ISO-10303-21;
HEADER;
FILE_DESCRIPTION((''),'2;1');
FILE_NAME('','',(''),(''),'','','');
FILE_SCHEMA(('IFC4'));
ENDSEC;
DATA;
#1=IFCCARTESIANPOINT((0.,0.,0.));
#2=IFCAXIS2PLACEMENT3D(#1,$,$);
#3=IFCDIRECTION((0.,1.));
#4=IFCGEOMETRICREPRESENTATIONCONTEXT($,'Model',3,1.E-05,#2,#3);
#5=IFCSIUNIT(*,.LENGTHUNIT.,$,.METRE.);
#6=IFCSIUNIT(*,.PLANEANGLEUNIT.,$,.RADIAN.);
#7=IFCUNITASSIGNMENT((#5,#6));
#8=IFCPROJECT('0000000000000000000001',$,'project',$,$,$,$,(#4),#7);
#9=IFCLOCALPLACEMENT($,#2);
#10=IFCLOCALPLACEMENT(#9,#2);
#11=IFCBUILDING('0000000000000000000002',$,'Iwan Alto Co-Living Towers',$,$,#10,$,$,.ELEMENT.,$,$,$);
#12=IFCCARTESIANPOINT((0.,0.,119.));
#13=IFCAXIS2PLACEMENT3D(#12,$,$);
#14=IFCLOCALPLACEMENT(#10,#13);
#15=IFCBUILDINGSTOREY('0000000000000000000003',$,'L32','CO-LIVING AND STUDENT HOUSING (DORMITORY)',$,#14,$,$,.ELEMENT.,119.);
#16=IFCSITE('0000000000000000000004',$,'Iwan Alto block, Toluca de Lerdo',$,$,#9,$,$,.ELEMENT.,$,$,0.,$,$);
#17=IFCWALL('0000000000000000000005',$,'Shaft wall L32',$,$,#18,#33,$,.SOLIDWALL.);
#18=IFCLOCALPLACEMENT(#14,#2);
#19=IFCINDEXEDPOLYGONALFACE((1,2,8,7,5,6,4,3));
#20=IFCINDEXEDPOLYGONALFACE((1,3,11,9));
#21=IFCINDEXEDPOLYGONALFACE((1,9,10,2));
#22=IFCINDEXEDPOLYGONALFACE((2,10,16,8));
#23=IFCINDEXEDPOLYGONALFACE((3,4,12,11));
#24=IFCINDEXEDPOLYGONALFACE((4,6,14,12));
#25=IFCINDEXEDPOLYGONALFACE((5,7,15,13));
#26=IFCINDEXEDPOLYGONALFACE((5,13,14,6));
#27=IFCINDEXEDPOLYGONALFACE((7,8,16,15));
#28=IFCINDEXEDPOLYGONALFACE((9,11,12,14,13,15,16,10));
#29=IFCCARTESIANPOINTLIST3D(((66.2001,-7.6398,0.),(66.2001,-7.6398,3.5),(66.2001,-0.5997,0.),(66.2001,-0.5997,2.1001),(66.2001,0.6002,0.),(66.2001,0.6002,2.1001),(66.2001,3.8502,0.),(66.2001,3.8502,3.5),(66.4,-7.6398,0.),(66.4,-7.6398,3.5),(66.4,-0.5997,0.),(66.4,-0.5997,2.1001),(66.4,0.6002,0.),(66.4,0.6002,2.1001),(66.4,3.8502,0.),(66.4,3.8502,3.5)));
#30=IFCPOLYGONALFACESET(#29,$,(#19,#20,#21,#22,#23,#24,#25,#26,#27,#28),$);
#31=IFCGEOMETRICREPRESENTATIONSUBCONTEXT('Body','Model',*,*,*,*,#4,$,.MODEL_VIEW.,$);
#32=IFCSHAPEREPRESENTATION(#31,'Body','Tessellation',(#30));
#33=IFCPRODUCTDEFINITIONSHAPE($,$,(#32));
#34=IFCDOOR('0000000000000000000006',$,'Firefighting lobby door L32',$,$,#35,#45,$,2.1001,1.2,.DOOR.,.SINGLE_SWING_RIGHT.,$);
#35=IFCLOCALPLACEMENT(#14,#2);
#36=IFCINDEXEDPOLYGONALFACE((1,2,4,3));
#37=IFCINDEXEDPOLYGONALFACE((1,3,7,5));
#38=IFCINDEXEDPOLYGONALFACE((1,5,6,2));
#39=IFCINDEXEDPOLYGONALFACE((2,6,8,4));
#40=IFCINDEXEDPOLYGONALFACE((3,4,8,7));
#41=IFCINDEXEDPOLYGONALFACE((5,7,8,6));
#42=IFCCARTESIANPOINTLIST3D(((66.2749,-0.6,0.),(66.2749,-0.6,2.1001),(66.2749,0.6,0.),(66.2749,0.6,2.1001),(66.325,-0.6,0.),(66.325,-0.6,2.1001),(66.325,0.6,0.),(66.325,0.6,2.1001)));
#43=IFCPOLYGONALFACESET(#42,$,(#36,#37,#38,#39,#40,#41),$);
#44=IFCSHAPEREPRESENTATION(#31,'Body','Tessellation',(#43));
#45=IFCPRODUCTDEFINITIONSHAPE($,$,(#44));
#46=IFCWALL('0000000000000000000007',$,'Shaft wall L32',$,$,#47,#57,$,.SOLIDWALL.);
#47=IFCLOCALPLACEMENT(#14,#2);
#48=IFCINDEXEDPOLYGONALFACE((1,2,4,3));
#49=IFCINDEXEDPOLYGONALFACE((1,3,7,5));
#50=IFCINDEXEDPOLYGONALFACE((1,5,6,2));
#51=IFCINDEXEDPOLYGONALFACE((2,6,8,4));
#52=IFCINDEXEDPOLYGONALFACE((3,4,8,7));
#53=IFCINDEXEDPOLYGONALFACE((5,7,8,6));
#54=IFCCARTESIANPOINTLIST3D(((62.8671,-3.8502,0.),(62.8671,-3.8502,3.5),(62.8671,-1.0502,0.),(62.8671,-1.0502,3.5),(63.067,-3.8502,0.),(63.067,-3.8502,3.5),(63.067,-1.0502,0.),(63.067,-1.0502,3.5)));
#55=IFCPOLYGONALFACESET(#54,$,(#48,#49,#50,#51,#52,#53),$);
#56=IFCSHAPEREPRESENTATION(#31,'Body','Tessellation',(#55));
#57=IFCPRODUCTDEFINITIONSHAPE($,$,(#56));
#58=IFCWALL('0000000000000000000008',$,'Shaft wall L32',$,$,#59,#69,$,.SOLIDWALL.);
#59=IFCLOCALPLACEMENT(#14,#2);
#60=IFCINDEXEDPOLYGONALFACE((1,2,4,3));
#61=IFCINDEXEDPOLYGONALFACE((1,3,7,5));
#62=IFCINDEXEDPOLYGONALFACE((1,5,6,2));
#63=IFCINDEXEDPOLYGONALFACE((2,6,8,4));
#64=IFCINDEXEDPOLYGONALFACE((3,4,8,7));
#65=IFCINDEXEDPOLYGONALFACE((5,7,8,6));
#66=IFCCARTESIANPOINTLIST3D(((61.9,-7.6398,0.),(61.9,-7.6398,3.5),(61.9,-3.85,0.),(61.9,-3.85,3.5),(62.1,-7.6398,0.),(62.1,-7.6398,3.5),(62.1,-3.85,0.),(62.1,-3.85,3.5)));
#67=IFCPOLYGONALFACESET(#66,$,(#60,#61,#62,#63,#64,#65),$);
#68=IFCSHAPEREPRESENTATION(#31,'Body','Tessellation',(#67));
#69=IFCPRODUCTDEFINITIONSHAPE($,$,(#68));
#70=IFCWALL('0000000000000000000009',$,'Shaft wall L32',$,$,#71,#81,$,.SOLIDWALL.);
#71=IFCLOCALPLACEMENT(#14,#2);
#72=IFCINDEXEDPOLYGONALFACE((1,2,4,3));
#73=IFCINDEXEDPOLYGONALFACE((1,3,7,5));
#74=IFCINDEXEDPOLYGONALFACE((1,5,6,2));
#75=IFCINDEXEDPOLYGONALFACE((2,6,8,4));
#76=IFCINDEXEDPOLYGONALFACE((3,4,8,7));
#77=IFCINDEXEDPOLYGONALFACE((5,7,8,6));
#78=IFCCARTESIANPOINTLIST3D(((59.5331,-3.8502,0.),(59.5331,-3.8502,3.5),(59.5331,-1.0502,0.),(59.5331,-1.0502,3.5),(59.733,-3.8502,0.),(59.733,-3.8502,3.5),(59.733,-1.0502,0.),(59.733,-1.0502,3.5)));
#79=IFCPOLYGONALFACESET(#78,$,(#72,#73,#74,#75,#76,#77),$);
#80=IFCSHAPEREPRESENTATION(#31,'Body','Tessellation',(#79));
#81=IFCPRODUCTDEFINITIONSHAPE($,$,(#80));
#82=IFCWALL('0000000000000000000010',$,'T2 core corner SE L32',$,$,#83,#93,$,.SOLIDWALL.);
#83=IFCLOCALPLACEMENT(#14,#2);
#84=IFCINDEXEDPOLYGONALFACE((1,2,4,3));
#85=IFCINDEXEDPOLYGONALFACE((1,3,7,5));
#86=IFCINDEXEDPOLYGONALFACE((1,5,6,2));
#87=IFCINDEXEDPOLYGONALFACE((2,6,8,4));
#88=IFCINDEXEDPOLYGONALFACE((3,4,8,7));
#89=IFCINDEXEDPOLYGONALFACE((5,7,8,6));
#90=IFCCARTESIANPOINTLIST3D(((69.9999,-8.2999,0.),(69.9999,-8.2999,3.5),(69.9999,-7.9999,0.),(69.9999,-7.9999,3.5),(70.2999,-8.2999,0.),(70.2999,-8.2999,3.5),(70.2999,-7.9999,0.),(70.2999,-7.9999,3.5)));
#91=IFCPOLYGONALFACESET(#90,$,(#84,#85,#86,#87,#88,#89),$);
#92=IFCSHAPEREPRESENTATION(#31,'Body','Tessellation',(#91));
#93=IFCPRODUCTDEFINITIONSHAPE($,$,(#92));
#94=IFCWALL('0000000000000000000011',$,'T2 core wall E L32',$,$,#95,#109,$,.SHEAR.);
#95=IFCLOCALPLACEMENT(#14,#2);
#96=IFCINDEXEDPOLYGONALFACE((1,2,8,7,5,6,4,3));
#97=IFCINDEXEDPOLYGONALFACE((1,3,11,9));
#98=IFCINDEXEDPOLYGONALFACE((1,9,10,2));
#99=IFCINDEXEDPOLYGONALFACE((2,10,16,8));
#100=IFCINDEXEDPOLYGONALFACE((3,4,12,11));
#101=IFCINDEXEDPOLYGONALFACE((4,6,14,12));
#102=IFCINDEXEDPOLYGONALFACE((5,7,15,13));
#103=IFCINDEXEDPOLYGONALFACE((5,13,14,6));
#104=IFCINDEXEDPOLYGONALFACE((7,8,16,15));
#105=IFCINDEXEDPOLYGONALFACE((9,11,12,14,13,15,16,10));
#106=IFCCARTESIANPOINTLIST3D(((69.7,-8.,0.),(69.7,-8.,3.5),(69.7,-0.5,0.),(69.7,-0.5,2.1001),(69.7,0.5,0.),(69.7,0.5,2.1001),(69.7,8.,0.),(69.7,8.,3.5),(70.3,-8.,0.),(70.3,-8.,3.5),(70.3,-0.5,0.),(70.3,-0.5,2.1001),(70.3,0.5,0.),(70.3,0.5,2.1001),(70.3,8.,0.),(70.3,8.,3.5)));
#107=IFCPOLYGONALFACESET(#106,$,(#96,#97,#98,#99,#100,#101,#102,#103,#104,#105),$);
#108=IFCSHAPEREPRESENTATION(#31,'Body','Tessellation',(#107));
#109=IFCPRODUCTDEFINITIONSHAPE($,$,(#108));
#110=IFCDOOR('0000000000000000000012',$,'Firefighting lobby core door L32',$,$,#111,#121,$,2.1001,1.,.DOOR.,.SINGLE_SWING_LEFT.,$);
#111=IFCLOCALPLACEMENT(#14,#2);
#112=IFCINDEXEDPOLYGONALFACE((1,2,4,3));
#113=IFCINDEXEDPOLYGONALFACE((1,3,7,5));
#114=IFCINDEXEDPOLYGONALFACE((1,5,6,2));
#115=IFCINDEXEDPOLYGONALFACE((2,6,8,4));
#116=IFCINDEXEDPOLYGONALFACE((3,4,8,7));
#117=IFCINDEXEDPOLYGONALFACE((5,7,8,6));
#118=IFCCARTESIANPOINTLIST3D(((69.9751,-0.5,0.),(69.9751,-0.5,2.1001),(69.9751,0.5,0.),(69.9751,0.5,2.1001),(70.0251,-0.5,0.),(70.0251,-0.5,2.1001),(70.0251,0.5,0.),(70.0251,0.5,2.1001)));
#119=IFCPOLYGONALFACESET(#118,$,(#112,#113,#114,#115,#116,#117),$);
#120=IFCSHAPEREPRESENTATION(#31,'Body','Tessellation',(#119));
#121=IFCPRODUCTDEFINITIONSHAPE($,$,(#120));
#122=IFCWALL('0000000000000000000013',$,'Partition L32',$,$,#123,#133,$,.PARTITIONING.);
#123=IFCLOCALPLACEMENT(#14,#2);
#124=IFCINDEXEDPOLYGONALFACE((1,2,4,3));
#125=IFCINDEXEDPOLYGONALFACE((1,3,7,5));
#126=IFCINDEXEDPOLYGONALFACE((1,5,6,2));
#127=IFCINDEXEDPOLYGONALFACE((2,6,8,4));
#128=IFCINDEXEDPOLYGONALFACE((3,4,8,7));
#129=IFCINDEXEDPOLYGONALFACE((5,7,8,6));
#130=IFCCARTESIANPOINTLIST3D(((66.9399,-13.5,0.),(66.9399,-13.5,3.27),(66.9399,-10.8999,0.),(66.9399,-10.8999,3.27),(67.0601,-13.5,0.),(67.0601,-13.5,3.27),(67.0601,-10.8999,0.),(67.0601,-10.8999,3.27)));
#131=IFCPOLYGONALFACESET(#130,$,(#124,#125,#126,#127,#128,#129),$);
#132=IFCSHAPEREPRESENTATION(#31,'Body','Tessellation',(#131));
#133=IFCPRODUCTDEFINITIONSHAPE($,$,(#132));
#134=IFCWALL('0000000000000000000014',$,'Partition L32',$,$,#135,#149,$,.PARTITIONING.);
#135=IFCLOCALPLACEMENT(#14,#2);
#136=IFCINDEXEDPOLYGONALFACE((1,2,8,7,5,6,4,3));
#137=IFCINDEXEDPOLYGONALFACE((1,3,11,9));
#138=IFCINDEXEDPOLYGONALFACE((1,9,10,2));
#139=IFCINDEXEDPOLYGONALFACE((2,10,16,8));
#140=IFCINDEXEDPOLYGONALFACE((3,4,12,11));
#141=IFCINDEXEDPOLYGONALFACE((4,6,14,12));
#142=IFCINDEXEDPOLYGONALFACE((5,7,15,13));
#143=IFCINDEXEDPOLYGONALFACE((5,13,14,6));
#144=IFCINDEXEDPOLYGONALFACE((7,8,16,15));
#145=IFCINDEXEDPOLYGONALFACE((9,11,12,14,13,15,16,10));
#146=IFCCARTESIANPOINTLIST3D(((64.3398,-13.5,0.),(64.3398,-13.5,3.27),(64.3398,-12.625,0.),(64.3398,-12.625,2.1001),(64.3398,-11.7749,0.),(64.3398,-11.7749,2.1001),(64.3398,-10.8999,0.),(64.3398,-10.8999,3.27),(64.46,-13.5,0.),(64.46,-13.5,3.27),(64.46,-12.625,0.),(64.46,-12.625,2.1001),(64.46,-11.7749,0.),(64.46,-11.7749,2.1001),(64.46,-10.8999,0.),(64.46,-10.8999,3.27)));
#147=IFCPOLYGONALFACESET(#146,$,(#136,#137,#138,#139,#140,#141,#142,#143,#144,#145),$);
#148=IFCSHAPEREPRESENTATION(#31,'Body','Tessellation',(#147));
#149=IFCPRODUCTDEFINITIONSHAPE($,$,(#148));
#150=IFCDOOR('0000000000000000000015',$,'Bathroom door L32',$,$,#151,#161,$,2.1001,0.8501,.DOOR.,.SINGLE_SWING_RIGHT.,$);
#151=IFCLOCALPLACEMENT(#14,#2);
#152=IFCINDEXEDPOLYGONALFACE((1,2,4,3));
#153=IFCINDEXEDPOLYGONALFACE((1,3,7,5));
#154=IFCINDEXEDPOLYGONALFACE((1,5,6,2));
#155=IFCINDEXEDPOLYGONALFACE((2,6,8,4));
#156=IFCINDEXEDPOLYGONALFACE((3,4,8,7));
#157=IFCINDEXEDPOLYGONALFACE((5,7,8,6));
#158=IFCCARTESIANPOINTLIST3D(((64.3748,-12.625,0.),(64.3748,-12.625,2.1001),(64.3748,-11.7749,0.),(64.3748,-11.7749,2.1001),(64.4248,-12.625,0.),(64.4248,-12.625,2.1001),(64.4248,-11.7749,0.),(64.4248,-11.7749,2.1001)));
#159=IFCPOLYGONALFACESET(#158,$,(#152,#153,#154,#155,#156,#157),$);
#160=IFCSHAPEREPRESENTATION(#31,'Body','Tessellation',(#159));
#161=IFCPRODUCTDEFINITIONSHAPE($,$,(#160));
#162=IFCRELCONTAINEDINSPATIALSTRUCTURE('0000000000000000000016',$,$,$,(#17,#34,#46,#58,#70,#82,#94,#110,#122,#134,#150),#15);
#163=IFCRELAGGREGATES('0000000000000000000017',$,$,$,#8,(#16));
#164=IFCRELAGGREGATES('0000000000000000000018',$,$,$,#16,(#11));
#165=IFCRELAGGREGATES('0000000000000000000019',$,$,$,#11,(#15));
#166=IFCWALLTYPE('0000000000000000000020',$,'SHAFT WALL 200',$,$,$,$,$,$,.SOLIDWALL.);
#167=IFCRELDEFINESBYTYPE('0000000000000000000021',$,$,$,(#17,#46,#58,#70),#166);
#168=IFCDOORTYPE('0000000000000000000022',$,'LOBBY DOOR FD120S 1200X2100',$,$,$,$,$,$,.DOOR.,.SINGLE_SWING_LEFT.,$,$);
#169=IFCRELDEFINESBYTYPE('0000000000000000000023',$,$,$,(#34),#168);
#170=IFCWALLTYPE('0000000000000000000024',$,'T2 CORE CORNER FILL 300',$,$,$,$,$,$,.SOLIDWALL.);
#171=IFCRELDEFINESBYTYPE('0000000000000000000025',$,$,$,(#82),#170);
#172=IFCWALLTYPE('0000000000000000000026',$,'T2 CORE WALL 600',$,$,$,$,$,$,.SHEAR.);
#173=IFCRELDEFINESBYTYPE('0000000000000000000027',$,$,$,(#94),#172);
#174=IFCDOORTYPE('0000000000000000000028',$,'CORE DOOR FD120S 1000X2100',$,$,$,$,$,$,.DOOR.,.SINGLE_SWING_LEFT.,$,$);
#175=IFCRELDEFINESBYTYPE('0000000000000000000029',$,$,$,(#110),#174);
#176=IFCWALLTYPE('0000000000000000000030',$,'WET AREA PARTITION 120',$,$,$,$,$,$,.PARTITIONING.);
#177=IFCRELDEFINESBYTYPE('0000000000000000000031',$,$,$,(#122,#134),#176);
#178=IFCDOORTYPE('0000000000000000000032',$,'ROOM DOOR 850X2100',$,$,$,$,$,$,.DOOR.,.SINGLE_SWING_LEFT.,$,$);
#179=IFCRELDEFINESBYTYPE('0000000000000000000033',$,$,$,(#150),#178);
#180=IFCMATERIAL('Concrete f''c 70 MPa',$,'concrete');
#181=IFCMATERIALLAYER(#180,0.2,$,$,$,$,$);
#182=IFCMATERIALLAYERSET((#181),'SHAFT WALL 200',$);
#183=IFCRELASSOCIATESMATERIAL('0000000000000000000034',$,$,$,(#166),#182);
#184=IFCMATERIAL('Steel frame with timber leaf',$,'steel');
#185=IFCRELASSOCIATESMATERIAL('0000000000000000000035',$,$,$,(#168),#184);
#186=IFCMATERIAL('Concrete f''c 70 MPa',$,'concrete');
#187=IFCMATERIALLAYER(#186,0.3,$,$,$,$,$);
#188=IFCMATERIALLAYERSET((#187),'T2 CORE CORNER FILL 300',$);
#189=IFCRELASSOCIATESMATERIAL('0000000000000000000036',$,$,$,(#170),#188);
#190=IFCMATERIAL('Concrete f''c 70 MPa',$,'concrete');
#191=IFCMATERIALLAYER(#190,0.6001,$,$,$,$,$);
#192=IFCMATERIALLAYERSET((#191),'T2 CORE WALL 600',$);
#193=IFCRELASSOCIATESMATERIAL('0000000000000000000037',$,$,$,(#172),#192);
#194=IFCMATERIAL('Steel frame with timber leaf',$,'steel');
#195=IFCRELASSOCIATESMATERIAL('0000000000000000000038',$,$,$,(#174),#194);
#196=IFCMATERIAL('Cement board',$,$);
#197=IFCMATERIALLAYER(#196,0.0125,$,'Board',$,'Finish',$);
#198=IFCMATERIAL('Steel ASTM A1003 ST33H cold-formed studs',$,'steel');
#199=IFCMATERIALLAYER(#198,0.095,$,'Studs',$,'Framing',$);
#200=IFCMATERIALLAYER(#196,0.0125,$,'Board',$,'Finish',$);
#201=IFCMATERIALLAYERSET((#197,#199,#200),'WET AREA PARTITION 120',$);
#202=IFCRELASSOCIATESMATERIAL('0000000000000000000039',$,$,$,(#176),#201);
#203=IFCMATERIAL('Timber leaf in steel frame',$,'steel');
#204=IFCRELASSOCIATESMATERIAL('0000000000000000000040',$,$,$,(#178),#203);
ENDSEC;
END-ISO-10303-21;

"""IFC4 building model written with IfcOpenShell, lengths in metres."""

from ifc_helpers import new_model, si_unit, direction, frame, frame_2d, origin, place, context, subcontext, project, spatial, rectangle, extrude, material, layer, layer_set, type_object, element, fill, save


model = new_model("IFC4")

# Units and contexts
model_context = context("Model", 3, precision=1e-05, world=origin(), true_north=direction((0.0, 1.0)))
body_context = subcontext(model_context, "Body", "Model", "MODEL_VIEW")
ifc_project = project(units=[si_unit("LENGTHUNIT", "METRE"), si_unit("PLANEANGLEUNIT", "RADIAN")], contexts=[model_context])

# Site, building, storey
site_placement = place(None, origin())
site = spatial("IfcSite", under=ifc_project, at=site_placement, Name="Iwan Alto block, Toluca de Lerdo", CompositionType="ELEMENT", RefElevation=0.0)
building_placement = place(site_placement, origin())
building = spatial("IfcBuilding", under=site, at=building_placement, Name="Iwan Alto Co-Living Towers", CompositionType="ELEMENT")
storey_placement = place(building_placement, frame((0.0, 0.0, 119.0)))
storey = spatial("IfcBuildingStorey", under=building, at=storey_placement, Name="L32", Description="CO-LIVING AND STUDENT HOUSING (DORMITORY)", CompositionType="ELEMENT", Elevation=119.0)

# Shared definitions
ifc_material_1 = material(Name="Steel ASTM A1003 ST33H cold-formed studs", Category="steel")

# Wall, opening, door
ifc_material_2 = material(Name="Concrete f'c 70 MPa", Category="concrete")
ifc_layer_1 = layer(ifc_material_2, 0.2)
ifc_layer_set_1 = layer_set([ifc_layer_1], Name="SHAFT WALL 200")
wall_type_1 = type_object("IfcWallType", Name="SHAFT WALL 200", PredefinedType="SOLIDWALL", material=ifc_layer_set_1)
wall_1_placement = place(storey_placement, frame((66.3, -7.6399, 0.0), z_axis=(0.0, 0.0, 1.0), x_axis=(0.0, 1.0, 0.0)))
wall_1 = element("IfcWall", 1, at=wall_1_placement, inside=storey, type_object=wall_type_1, Name="Shaft wall L32", PredefinedType="SOLIDWALL", context=body_context, shape_type="SweptSolid", body=[
    extrude(rectangle(XDim=11.49, YDim=0.2, at=frame_2d((5.7451, 0.0))), origin(), (0.0, 0.0, 1.0), 3.5),
])
opening_1_placement = place(wall_1_placement, frame((7.04, 0.0, 0.0)))
opening_1 = element("IfcOpeningElement", 2, at=opening_1_placement, cuts=wall_1, PredefinedType="OPENING", context=body_context, shape_type="SweptSolid", body=[
    extrude(rectangle(XDim=1.2, YDim=2.1001, at=frame_2d((0.6001, 1.05))), frame((0.0, 0.1099, 0.0), z_axis=(0.0, -1.0, 0.0), x_axis=(1.0, 0.0, 0.0)), (0.0, 0.0, 1.0), 0.22),
])
ifc_material_3 = material(Name="Steel frame with timber leaf", Category="steel")
door_type_1 = type_object("IfcDoorType", Name="LOBBY DOOR FD120S 1200X2100", OperationType="SINGLE_SWING_LEFT", PredefinedType="DOOR", material=ifc_material_3)
door_1_placement = place(opening_1_placement, frame((1.2, 0.0, 0.0), z_axis=(0.0, 0.0, 1.0), x_axis=(-1.0, 0.0, 0.0)))
door_1 = element("IfcDoor", 3, at=door_1_placement, inside=storey, type_object=door_type_1, Name="Firefighting lobby door L32", OperationType="SINGLE_SWING_RIGHT", OverallHeight=2.1001, OverallWidth=1.2, PredefinedType="DOOR", context=body_context, shape_type="SweptSolid", body=[
    extrude(rectangle(XDim=1.2, YDim=2.1001, at=frame_2d((0.6001, 1.05))), frame((0.0, 0.0249, 0.0), z_axis=(0.0, -1.0, 0.0), x_axis=(1.0, 0.0, 0.0)), (0.0, 0.0, 1.0), 0.05),
])
fill(opening_1, door_1)

# Walls
wall_2_placement = place(storey_placement, frame((62.967, -3.8501, 0.0), z_axis=(0.0, 0.0, 1.0), x_axis=(0.0, 1.0, 0.0)))
element("IfcWall", 4, at=wall_2_placement, inside=storey, type_object=wall_type_1, Name="Shaft wall L32", PredefinedType="SOLIDWALL", context=body_context, shape_type="SweptSolid", body=[
    extrude(rectangle(XDim=2.8, YDim=0.2, at=frame_2d((1.3999, 0.0))), origin(), (0.0, 0.0, 1.0), 3.5),
])
wall_3_placement = place(storey_placement, frame((62.0, -7.6399, 0.0), z_axis=(0.0, 0.0, 1.0), x_axis=(0.0, 1.0, 0.0)))
element("IfcWall", 5, at=wall_3_placement, inside=storey, type_object=wall_type_1, Name="Shaft wall L32", PredefinedType="SOLIDWALL", context=body_context, shape_type="SweptSolid", body=[
    extrude(rectangle(XDim=3.7898, YDim=0.2, at=frame_2d((1.895, 0.0))), origin(), (0.0, 0.0, 1.0), 3.5),
])
wall_4_placement = place(storey_placement, frame((59.6331, -3.8501, 0.0), z_axis=(0.0, 0.0, 1.0), x_axis=(0.0, 1.0, 0.0)))
element("IfcWall", 6, at=wall_4_placement, inside=storey, type_object=wall_type_1, Name="Shaft wall L32", PredefinedType="SOLIDWALL", context=body_context, shape_type="SweptSolid", body=[
    extrude(rectangle(XDim=2.8, YDim=0.2, at=frame_2d((1.3999, 0.0))), origin(), (0.0, 0.0, 1.0), 3.5),
])
ifc_material_4 = material(Name="Concrete f'c 70 MPa", Category="concrete")
ifc_layer_2 = layer(ifc_material_4, 0.3)
ifc_layer_set_2 = layer_set([ifc_layer_2], Name="T2 CORE CORNER FILL 300")
wall_type_2 = type_object("IfcWallType", Name="T2 CORE CORNER FILL 300", PredefinedType="SOLIDWALL", material=ifc_layer_set_2)
wall_5_placement = place(storey_placement, frame((70.0, -8.1499, 0.0), z_axis=(0.0, 0.0, 1.0), x_axis=(1.0, 0.0, 0.0)))
element("IfcWall", 7, at=wall_5_placement, inside=storey, type_object=wall_type_2, Name="T2 core corner SE L32", PredefinedType="SOLIDWALL", context=body_context, shape_type="SweptSolid", body=[
    extrude(rectangle(XDim=0.3, YDim=0.3, at=frame_2d((0.1499, 0.0))), origin(), (0.0, 0.0, 1.0), 3.5),
])

# Wall, opening, door
ifc_material_5 = material(Name="Concrete f'c 70 MPa", Category="concrete")
ifc_layer_3 = layer(ifc_material_5, 0.6001)
ifc_layer_set_3 = layer_set([ifc_layer_3], Name="T2 CORE WALL 600")
wall_type_3 = type_object("IfcWallType", Name="T2 CORE WALL 600", PredefinedType="SHEAR", material=ifc_layer_set_3)
wall_6_placement = place(storey_placement, frame((70.0, -8.0, 0.0), z_axis=(0.0, 0.0, 1.0), x_axis=(0.0, 1.0, 0.0)))
wall_6 = element("IfcWall", 8, at=wall_6_placement, inside=storey, type_object=wall_type_3, Name="T2 core wall E L32", PredefinedType="SHEAR", context=body_context, shape_type="SweptSolid", body=[
    extrude(rectangle(XDim=16.0, YDim=0.6001, at=frame_2d((8.0, 0.0))), origin(), (0.0, 0.0, 1.0), 3.5),
])
opening_2_placement = place(wall_6_placement, frame((7.5, 0.0, 0.0)))
opening_2 = element("IfcOpeningElement", 9, at=opening_2_placement, cuts=wall_6, PredefinedType="OPENING", context=body_context, shape_type="SweptSolid", body=[
    extrude(rectangle(XDim=1.0, YDim=2.1001, at=frame_2d((0.5, 1.05))), frame((0.0, 0.3101, 0.0), z_axis=(0.0, -1.0, 0.0), x_axis=(1.0, 0.0, 0.0)), (0.0, 0.0, 1.0), 0.6201),
])
ifc_material_6 = material(Name="Steel frame with timber leaf", Category="steel")
door_type_2 = type_object("IfcDoorType", Name="CORE DOOR FD120S 1000X2100", OperationType="SINGLE_SWING_LEFT", PredefinedType="DOOR", material=ifc_material_6)
door_2_placement = place(opening_2_placement, origin())
door_2 = element("IfcDoor", 10, at=door_2_placement, inside=storey, type_object=door_type_2, Name="Firefighting lobby core door L32", OperationType="SINGLE_SWING_LEFT", OverallHeight=2.1001, OverallWidth=1.0, PredefinedType="DOOR", context=body_context, shape_type="SweptSolid", body=[
    extrude(rectangle(XDim=1.0, YDim=2.1001, at=frame_2d((0.5, 1.05))), frame((0.0, 0.0249, 0.0), z_axis=(0.0, -1.0, 0.0), x_axis=(1.0, 0.0, 0.0)), (0.0, 0.0, 1.0), 0.05),
])
fill(opening_2, door_2)

# Wall
ifc_material_7 = material(Name="Cement board")
ifc_layer_4 = layer(ifc_material_7, 0.0125, Name="Board", Category="Finish")
ifc_layer_5 = layer(ifc_material_1, 0.095, Name="Studs", Category="Framing")
ifc_layer_6 = layer(ifc_material_7, 0.0125, Name="Board", Category="Finish")
ifc_layer_set_4 = layer_set([ifc_layer_4, ifc_layer_5, ifc_layer_6], Name="WET AREA PARTITION 120")
wall_type_4 = type_object("IfcWallType", Name="WET AREA PARTITION 120", PredefinedType="PARTITIONING", material=ifc_layer_set_4)
wall_7_placement = place(storey_placement, frame((67.0, -13.5, 0.0), z_axis=(0.0, 0.0, 1.0), x_axis=(0.0, 1.0, 0.0)))
element("IfcWall", 11, at=wall_7_placement, inside=storey, type_object=wall_type_4, Name="Partition L32", PredefinedType="PARTITIONING", context=body_context, shape_type="SweptSolid", body=[
    extrude(rectangle(XDim=2.6001, YDim=0.1201, at=frame_2d((1.3, 0.0))), origin(), (0.0, 0.0, 1.0), 3.27),
])

# Wall, opening, door
wall_8_placement = place(storey_placement, frame((64.3999, -13.5, 0.0), z_axis=(0.0, 0.0, 1.0), x_axis=(0.0, 1.0, 0.0)))
wall_8 = element("IfcWall", 12, at=wall_8_placement, inside=storey, type_object=wall_type_4, Name="Partition L32", PredefinedType="PARTITIONING", context=body_context, shape_type="SweptSolid", body=[
    extrude(rectangle(XDim=2.6001, YDim=0.1201, at=frame_2d((1.3, 0.0))), origin(), (0.0, 0.0, 1.0), 3.27),
])
opening_3_placement = place(wall_8_placement, frame((0.875, 0.0, 0.0)))
opening_3 = element("IfcOpeningElement", 13, at=opening_3_placement, cuts=wall_8, PredefinedType="OPENING", context=body_context, shape_type="SweptSolid", body=[
    extrude(rectangle(XDim=0.8501, YDim=2.1001, at=frame_2d((0.425, 1.05))), frame((0.0, 0.0701, 0.0), z_axis=(0.0, -1.0, 0.0), x_axis=(1.0, 0.0, 0.0)), (0.0, 0.0, 1.0), 0.1401),
])
ifc_material_8 = material(Name="Timber leaf in steel frame", Category="steel")
door_type_3 = type_object("IfcDoorType", Name="ROOM DOOR 850X2100", OperationType="SINGLE_SWING_LEFT", PredefinedType="DOOR", material=ifc_material_8)
door_3_placement = place(opening_3_placement, frame((0.8501, 0.0, 0.0), z_axis=(0.0, 0.0, 1.0), x_axis=(-1.0, 0.0, 0.0)))
door_3 = element("IfcDoor", 14, at=door_3_placement, inside=storey, type_object=door_type_3, Name="Bathroom door L32", OperationType="SINGLE_SWING_RIGHT", OverallHeight=2.1001, OverallWidth=0.8501, PredefinedType="DOOR", context=body_context, shape_type="SweptSolid", body=[
    extrude(rectangle(XDim=0.8501, YDim=2.1001, at=frame_2d((0.425, 1.05))), frame((0.0, 0.0249, 0.0), z_axis=(0.0, -1.0, 0.0), x_axis=(1.0, 0.0, 0.0)), (0.0, 0.0, 1.0), 0.05),
])
fill(opening_3, door_3)

save(model, "model.ifc")
